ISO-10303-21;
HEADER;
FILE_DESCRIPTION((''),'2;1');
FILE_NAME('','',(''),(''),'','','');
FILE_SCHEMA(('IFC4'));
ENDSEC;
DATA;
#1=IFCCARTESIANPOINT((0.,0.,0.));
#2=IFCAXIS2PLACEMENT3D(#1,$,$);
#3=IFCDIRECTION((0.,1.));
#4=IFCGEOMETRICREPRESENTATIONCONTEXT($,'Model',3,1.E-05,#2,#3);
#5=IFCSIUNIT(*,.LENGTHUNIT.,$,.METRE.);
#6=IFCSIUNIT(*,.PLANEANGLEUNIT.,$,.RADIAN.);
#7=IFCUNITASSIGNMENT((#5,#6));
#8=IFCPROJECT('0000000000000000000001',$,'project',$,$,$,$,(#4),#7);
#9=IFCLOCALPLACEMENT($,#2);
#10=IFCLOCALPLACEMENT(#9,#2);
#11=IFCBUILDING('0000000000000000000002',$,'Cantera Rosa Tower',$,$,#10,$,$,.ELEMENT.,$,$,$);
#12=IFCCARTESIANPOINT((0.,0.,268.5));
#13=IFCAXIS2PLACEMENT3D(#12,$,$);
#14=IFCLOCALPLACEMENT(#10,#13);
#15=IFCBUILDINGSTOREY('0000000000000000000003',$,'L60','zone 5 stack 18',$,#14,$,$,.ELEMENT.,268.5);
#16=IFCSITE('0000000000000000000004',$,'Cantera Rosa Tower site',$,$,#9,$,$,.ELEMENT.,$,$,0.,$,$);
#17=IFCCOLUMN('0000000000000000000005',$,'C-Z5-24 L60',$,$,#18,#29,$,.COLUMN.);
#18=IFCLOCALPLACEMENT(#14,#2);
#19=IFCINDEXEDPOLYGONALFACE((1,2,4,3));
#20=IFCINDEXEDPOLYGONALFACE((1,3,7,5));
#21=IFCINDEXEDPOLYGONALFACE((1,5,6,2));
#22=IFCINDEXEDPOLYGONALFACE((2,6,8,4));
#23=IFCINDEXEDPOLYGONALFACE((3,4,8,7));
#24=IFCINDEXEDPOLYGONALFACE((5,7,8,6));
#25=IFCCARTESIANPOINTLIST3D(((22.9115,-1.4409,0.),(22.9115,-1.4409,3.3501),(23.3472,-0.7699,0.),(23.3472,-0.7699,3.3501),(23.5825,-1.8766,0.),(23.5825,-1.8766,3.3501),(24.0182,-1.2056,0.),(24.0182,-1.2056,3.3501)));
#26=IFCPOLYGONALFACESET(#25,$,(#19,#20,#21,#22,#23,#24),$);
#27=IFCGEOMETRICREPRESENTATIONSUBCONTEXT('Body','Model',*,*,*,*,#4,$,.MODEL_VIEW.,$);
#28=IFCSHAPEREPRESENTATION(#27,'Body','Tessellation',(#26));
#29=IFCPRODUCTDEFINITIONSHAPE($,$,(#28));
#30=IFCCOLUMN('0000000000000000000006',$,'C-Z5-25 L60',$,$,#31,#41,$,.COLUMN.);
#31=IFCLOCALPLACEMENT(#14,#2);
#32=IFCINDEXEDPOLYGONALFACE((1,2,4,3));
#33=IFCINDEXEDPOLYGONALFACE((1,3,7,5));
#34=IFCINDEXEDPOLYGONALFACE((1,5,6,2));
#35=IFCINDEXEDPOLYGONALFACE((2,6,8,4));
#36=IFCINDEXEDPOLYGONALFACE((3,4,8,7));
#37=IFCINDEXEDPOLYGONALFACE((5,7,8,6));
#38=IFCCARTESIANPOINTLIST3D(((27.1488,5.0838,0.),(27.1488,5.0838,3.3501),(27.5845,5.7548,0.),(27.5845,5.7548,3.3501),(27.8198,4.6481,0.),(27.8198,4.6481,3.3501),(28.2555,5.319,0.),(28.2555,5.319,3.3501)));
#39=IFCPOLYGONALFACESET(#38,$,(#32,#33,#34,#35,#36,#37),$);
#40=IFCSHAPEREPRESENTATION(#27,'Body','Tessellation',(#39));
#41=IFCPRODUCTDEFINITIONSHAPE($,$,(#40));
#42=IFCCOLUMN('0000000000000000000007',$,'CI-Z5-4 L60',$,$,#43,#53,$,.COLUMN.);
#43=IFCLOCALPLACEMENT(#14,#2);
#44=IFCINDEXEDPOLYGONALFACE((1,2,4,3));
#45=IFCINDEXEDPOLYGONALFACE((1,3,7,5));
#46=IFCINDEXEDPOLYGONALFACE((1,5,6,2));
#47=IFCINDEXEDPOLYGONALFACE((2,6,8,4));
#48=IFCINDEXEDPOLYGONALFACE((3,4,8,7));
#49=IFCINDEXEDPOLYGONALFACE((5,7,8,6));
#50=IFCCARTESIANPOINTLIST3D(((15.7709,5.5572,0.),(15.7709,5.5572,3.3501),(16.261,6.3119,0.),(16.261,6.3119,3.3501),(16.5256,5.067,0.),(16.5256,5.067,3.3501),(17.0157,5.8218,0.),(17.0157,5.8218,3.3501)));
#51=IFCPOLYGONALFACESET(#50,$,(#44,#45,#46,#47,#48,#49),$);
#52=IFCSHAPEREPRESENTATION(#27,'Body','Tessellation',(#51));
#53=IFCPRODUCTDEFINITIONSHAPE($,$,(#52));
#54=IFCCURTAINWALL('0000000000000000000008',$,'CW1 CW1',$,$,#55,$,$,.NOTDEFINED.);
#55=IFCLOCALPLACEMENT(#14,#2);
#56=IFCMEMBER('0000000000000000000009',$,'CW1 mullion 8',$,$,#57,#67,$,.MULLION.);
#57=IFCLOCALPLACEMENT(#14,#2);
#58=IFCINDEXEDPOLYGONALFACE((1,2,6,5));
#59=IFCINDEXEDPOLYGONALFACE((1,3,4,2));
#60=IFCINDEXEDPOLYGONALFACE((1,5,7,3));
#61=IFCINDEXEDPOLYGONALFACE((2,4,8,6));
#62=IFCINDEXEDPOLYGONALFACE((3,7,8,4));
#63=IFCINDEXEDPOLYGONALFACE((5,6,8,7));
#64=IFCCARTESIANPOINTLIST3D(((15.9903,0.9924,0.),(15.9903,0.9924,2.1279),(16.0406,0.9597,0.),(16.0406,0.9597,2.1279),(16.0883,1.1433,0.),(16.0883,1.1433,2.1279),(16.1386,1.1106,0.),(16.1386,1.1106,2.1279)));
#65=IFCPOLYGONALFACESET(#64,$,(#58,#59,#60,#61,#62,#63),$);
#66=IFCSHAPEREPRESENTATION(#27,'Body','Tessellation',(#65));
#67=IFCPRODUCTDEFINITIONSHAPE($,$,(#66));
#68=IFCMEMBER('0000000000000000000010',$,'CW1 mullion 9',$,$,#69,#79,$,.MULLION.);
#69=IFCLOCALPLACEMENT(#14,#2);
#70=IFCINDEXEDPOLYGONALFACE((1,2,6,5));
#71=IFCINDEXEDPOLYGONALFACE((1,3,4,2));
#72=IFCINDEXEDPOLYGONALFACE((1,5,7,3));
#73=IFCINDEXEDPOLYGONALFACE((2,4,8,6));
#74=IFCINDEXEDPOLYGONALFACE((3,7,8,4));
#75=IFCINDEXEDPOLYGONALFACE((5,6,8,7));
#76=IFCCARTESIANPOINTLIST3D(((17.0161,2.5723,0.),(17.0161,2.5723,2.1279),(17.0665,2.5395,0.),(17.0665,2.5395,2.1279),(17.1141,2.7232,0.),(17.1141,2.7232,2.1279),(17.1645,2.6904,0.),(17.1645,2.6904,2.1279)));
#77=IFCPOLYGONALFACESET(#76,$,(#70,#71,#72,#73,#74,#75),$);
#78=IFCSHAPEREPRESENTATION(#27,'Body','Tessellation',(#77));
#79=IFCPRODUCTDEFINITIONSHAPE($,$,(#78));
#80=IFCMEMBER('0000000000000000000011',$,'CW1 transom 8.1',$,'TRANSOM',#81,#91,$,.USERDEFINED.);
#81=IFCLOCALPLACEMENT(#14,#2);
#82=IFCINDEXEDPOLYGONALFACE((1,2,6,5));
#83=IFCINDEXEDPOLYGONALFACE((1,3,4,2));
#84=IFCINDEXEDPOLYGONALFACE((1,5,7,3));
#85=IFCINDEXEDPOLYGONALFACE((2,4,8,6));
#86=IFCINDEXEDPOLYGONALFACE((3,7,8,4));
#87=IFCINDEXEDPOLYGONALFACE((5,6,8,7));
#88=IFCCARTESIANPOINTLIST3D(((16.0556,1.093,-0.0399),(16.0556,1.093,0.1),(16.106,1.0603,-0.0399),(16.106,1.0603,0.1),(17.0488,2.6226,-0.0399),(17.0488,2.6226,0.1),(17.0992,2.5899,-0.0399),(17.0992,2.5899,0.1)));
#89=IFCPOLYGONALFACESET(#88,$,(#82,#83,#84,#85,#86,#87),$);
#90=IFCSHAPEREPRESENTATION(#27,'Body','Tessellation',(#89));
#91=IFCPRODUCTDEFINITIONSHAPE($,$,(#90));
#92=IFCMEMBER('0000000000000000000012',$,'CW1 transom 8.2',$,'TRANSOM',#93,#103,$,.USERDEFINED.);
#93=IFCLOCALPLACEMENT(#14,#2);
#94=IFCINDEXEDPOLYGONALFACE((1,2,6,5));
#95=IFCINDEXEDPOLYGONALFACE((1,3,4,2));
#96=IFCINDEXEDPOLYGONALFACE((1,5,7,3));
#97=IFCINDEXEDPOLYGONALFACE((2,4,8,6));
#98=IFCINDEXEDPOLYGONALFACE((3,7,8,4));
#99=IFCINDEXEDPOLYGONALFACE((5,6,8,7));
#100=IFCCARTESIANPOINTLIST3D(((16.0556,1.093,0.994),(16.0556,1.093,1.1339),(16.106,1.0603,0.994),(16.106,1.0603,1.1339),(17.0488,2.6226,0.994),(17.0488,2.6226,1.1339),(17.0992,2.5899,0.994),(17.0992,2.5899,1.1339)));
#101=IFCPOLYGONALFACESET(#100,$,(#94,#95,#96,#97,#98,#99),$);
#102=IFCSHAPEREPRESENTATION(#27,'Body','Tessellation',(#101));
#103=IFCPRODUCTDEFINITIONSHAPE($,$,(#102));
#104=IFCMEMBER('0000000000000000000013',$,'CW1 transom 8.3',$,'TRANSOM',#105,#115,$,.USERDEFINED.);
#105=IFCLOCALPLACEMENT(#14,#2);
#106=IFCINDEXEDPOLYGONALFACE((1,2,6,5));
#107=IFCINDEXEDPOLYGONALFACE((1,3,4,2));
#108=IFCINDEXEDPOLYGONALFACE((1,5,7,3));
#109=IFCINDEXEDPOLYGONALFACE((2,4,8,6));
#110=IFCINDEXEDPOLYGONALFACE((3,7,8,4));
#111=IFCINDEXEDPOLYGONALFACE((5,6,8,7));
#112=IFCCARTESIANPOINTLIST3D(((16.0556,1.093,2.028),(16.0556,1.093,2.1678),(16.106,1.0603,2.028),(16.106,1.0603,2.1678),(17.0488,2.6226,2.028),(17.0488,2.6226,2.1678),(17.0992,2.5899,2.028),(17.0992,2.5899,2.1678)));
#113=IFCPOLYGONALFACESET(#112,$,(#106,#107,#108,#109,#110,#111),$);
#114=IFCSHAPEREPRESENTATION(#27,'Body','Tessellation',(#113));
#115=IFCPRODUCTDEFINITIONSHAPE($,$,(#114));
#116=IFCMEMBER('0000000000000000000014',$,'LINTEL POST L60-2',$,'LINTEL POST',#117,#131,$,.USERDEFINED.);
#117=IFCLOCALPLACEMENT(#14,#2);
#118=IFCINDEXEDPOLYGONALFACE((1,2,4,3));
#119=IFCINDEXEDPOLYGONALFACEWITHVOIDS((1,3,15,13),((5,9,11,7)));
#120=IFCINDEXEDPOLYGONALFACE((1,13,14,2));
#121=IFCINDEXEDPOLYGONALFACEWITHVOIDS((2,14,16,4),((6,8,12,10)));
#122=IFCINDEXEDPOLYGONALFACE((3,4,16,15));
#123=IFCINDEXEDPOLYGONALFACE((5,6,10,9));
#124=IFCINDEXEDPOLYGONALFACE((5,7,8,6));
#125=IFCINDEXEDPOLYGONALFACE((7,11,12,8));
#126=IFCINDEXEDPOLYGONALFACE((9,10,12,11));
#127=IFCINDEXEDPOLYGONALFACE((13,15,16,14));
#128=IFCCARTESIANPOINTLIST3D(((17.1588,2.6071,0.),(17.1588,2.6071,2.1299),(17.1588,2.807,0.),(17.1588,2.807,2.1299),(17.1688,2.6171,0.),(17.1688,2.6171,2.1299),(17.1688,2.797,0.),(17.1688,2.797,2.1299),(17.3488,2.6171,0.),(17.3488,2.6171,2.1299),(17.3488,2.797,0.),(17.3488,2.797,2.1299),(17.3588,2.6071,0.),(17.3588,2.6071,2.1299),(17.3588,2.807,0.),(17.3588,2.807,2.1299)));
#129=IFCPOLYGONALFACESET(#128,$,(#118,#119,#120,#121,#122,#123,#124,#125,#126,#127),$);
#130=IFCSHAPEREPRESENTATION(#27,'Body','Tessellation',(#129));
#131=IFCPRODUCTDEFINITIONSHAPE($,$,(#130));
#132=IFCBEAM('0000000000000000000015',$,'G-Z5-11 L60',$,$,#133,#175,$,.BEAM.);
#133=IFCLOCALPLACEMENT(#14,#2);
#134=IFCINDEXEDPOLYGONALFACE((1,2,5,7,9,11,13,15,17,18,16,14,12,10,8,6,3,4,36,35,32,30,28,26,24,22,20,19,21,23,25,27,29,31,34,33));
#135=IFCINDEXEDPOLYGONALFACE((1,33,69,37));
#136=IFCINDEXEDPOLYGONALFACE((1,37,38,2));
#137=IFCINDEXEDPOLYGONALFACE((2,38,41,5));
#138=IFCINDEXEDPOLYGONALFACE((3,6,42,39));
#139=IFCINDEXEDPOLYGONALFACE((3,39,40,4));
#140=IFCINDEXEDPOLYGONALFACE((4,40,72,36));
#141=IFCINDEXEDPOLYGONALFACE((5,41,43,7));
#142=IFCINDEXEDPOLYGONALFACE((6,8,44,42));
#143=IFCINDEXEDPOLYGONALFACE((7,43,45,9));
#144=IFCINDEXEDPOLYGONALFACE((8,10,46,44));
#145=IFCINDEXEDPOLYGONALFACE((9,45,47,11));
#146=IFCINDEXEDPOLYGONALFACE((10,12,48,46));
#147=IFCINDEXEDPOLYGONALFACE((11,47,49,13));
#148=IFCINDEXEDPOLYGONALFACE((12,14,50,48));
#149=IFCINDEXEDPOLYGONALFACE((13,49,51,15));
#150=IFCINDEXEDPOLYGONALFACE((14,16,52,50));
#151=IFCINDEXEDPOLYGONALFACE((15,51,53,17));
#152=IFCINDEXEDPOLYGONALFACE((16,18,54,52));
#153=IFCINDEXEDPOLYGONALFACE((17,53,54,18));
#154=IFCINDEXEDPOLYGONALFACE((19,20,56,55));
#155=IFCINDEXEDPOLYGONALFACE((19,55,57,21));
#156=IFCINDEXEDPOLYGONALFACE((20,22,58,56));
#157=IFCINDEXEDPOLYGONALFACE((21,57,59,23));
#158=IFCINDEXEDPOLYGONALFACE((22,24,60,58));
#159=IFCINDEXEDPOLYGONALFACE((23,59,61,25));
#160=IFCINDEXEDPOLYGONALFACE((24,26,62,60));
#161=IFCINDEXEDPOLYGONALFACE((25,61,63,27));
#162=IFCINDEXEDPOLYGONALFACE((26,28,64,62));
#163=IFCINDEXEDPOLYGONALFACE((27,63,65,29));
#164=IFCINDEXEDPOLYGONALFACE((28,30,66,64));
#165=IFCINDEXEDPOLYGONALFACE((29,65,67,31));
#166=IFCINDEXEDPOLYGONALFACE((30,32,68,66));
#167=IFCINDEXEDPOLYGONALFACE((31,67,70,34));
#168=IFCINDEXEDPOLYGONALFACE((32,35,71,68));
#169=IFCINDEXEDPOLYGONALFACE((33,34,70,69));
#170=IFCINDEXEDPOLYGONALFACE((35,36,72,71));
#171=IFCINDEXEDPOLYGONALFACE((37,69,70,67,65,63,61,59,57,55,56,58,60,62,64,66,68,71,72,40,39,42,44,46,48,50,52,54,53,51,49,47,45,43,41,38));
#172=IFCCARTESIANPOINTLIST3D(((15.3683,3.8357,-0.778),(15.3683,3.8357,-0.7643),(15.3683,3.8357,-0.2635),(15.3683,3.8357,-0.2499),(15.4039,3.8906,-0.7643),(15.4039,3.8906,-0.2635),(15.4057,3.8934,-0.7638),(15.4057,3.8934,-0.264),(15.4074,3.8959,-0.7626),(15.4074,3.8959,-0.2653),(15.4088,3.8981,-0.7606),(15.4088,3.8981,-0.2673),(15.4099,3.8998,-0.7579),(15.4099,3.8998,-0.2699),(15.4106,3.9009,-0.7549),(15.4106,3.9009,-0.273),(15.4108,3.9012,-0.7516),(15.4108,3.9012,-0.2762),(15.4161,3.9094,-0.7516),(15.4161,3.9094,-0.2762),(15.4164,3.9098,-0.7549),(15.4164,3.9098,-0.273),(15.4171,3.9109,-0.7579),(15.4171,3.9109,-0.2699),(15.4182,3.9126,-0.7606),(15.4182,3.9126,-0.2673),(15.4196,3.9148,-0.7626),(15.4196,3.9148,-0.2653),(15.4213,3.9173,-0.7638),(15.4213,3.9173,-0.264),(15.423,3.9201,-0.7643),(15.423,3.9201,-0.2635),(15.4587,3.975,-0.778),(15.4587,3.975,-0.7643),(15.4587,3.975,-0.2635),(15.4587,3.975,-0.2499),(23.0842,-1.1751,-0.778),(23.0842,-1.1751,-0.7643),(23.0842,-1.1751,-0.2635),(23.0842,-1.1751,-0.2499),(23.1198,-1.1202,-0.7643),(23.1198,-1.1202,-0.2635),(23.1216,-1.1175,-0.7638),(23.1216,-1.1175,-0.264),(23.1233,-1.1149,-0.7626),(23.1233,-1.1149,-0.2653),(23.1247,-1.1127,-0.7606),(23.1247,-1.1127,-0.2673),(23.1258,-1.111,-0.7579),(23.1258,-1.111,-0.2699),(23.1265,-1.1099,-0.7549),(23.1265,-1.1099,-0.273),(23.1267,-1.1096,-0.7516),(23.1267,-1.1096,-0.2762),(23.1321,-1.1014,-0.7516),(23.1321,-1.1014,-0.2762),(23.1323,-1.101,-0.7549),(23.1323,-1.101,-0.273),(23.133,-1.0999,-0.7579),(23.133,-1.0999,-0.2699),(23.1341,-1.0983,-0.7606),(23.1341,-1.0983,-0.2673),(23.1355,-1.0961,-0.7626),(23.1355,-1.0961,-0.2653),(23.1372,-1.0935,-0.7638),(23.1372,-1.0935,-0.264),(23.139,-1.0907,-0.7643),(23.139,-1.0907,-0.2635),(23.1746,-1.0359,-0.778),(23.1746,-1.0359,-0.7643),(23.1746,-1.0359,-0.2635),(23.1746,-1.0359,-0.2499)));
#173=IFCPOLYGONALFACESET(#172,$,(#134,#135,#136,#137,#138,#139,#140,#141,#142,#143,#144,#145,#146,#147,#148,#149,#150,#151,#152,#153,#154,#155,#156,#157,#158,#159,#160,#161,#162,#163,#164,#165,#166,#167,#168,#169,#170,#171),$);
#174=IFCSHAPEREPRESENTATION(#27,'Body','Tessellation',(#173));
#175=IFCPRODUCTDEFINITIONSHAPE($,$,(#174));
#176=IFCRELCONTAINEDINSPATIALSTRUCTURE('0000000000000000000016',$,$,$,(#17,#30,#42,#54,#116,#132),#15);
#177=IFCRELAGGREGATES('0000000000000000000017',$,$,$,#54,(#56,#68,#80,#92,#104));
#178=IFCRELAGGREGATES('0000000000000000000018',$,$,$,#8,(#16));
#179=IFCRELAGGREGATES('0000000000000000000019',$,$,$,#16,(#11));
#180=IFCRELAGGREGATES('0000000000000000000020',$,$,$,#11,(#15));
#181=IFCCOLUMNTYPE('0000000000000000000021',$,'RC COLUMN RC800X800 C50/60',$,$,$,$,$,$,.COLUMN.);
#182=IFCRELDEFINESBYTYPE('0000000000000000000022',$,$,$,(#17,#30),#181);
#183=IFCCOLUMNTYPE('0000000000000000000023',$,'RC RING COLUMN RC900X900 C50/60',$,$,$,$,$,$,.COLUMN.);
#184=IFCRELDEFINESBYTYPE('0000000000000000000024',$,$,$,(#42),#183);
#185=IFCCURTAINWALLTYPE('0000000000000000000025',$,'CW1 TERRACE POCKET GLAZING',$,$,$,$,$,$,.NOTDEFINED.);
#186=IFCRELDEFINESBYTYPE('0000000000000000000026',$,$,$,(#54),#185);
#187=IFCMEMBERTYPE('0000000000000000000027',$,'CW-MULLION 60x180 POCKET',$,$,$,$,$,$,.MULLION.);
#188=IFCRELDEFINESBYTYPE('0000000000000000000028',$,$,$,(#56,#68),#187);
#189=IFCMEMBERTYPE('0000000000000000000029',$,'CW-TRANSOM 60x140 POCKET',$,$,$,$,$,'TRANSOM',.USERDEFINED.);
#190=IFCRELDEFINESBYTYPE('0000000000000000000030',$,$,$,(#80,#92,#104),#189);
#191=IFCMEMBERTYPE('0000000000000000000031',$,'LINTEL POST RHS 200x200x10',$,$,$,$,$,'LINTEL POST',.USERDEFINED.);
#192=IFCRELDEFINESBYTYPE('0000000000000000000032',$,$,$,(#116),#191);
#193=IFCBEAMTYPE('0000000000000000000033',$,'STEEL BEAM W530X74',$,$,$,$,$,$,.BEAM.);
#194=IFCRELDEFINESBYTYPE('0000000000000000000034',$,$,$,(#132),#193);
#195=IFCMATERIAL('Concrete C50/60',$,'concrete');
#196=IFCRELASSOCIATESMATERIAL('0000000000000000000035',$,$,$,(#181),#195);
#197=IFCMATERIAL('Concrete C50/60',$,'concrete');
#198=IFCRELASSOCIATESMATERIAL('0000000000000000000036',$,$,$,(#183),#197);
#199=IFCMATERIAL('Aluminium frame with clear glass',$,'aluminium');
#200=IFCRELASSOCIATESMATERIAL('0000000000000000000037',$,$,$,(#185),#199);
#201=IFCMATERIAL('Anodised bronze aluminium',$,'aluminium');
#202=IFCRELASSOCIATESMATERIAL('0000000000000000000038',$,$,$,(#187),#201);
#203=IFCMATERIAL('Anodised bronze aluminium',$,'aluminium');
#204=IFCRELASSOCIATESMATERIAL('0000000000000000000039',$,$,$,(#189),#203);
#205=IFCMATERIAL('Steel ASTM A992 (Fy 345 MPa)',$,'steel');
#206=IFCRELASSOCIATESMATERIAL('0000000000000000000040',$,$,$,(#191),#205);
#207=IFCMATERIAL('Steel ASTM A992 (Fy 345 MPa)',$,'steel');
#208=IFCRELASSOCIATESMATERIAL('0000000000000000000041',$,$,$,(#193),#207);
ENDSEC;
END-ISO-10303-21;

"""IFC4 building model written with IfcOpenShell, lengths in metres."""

from ifc_helpers import new_model, si_unit, direction, frame, origin, origin_2d, place, context, subcontext, project, spatial, rectangle, hollow_rectangle, i_section, extrude, material, material_profile, profile_set, type_object, element, aggregate, save


model = new_model("IFC4")

# Units and contexts
model_context = context("Model", 3, precision=1e-05, world=origin(), true_north=direction((0.0, 1.0)))
body_context = subcontext(model_context, "Body", "Model", "MODEL_VIEW")
ifc_project = project(units=[si_unit("LENGTHUNIT", "METRE"), si_unit("PLANEANGLEUNIT", "RADIAN")], contexts=[model_context])

# Site, building, storey
site_placement = place(None, origin())
site = spatial("IfcSite", under=ifc_project, at=site_placement, Name="Cantera Rosa Tower site", CompositionType="ELEMENT", RefElevation=0.0)
building_placement = place(site_placement, origin())
building = spatial("IfcBuilding", under=site, at=building_placement, Name="Cantera Rosa Tower", CompositionType="ELEMENT")
storey_placement = place(building_placement, frame((0.0, 0.0, 268.5)))
storey = spatial("IfcBuildingStorey", under=building, at=storey_placement, Name="L60", Description="zone 5 stack 18", CompositionType="ELEMENT", Elevation=268.5)

# Columns
ifc_material_1 = material(Name="Concrete C50/60", Category="concrete")
ifc_material_profile_1 = material_profile(ifc_material_1, rectangle(XDim=0.8, YDim=0.8, at=origin_2d()), Name="RC COLUMN RC800X800 C50/60")
ifc_profile_set_1 = profile_set([ifc_material_profile_1], Name="Concrete C50/60")
column_type_1 = type_object("IfcColumnType", Name="RC COLUMN RC800X800 C50/60", PredefinedType="COLUMN", material=ifc_profile_set_1)
for number, where, z_axis, x_axis, name in (
    (1, (23.4648, -1.3232, 0.0), (0.0, 0.0, 1.0), (0.544639, 0.838671, 0.0), "C-Z5-24 L60"),
    (2, (27.7021, 5.2014, 0.0), (0.0, 0.0, 1.0), (0.544639, 0.838671, 0.0), "C-Z5-25 L60"),
):
    element("IfcColumn", number, at=place(storey_placement, frame(where, z_axis=z_axis, x_axis=x_axis)), inside=storey, type_object=column_type_1, Name=name, PredefinedType="COLUMN", context=body_context, shape_type="SweptSolid", body=[
        extrude(rectangle(XDim=0.8, YDim=0.8, at=origin_2d()), origin(), (0.0, 0.0, 1.0), 3.3501),
    ])
ifc_material_2 = material(Name="Concrete C50/60", Category="concrete")
ifc_material_profile_2 = material_profile(ifc_material_2, rectangle(XDim=0.8999, YDim=0.8999, at=origin_2d()), Name="RC RING COLUMN RC900X900 C50/60")
ifc_profile_set_2 = profile_set([ifc_material_profile_2], Name="Concrete C50/60")
column_type_2 = type_object("IfcColumnType", Name="RC RING COLUMN RC900X900 C50/60", PredefinedType="COLUMN", material=ifc_profile_set_2)
column_placement = place(storey_placement, frame((16.3933, 5.6895, 0.0), z_axis=(0.0, 0.0, 1.0), x_axis=(0.544639, 0.838671, 0.0)))
element("IfcColumn", 3, at=column_placement, inside=storey, type_object=column_type_2, Name="CI-Z5-4 L60", PredefinedType="COLUMN", context=body_context, shape_type="SweptSolid", body=[
    extrude(rectangle(XDim=0.8999, YDim=0.8999, at=origin_2d()), origin(), (0.0, 0.0, 1.0), 3.3501),
])

# Curtain wall, members
ifc_material_3 = material(Name="Aluminium frame with clear glass", Category="aluminium")
curtain_wall_type = type_object("IfcCurtainWallType", Name="CW1 TERRACE POCKET GLAZING", PredefinedType="NOTDEFINED", material=ifc_material_3)
curtain_wall_placement = place(storey_placement, origin())
curtain_wall = element("IfcCurtainWall", 4, at=curtain_wall_placement, inside=storey, type_object=curtain_wall_type, Name="CW1 CW1", PredefinedType="NOTDEFINED")
ifc_material_4 = material(Name="Anodised bronze aluminium", Category="aluminium")
ifc_material_profile_3 = material_profile(ifc_material_4, rectangle(XDim=0.0601, YDim=0.1799, at=origin_2d()), Name="CW-MULLION 60x180 POCKET")
ifc_profile_set_3 = profile_set([ifc_material_profile_3], Name="Anodised bronze aluminium")
member_type_1 = type_object("IfcMemberType", Name="CW-MULLION 60x180 POCKET", PredefinedType="MULLION", material=ifc_profile_set_3)
member_1_placement = place(storey_placement, frame((16.0645, 1.0515, 0.0), z_axis=(0.0, 0.0, 1.0), x_axis=(-0.838671, 0.544639, 0.0)))
member_1 = element("IfcMember", 5, at=member_1_placement, type_object=member_type_1, Name="CW1 mullion 8", PredefinedType="MULLION", context=body_context, shape_type="SweptSolid", body=[
    extrude(rectangle(XDim=0.0601, YDim=0.1799, at=origin_2d()), origin(), (0.0, 0.0, 1.0), 2.1279),
])
member_2_placement = place(storey_placement, frame((17.0903, 2.6313, 0.0), z_axis=(0.0, 0.0, 1.0), x_axis=(-0.838671, 0.544639, 0.0)))
member_2 = element("IfcMember", 6, at=member_2_placement, type_object=member_type_1, Name="CW1 mullion 9", PredefinedType="MULLION", context=body_context, shape_type="SweptSolid", body=[
    extrude(rectangle(XDim=0.0601, YDim=0.1799, at=origin_2d()), origin(), (0.0, 0.0, 1.0), 2.1279),
])
ifc_material_5 = material(Name="Anodised bronze aluminium", Category="aluminium")
ifc_material_profile_4 = material_profile(ifc_material_5, rectangle(XDim=0.0601, YDim=0.1399, at=origin_2d()), Name="CW-TRANSOM 60x140 POCKET")
ifc_profile_set_4 = profile_set([ifc_material_profile_4], Name="Anodised bronze aluminium")
member_type_2 = type_object("IfcMemberType", Name="CW-TRANSOM 60x140 POCKET", ElementType="TRANSOM", PredefinedType="USERDEFINED", material=ifc_profile_set_4)
member_3_placement = place(storey_placement, frame((16.0808, 1.0767, 0.03), z_axis=(0.544588, 0.838703, 0.0), x_axis=(-0.838703, 0.544588, 0.0)))
member_3 = element("IfcMember", 7, at=member_3_placement, type_object=member_type_2, Name="CW1 transom 8.1", ObjectType="TRANSOM", PredefinedType="USERDEFINED", context=body_context, shape_type="SweptSolid", body=[
    extrude(rectangle(XDim=0.0601, YDim=0.1399, at=origin_2d()), origin(), (0.0, 0.0, 1.0), 1.8237),
])
member_4_placement = place(storey_placement, frame((16.0808, 1.0767, 1.064), z_axis=(0.544588, 0.838703, 0.0), x_axis=(-0.838703, 0.544588, 0.0)))
member_4 = element("IfcMember", 8, at=member_4_placement, type_object=member_type_2, Name="CW1 transom 8.2", ObjectType="TRANSOM", PredefinedType="USERDEFINED", context=body_context, shape_type="SweptSolid", body=[
    extrude(rectangle(XDim=0.0601, YDim=0.1399, at=origin_2d()), origin(), (0.0, 0.0, 1.0), 1.8237),
])
member_5_placement = place(storey_placement, frame((16.0808, 1.0767, 2.0979), z_axis=(0.544588, 0.838703, 0.0), x_axis=(-0.838703, 0.544588, 0.0)))
member_5 = element("IfcMember", 9, at=member_5_placement, type_object=member_type_2, Name="CW1 transom 8.3", ObjectType="TRANSOM", PredefinedType="USERDEFINED", context=body_context, shape_type="SweptSolid", body=[
    extrude(rectangle(XDim=0.0601, YDim=0.1399, at=origin_2d()), origin(), (0.0, 0.0, 1.0), 1.8237),
])

# Member
ifc_material_6 = material(Name="Steel ASTM A992 (Fy 345 MPa)", Category="steel")
ifc_material_profile_5 = material_profile(ifc_material_6, hollow_rectangle(XDim=0.2, YDim=0.2, WallThickness=0.01, at=origin_2d()), Name="LINTEL POST RHS 200x200x10")
ifc_profile_set_5 = profile_set([ifc_material_profile_5], Name="Steel ASTM A992 (Fy 345 MPa)")
member_type_3 = type_object("IfcMemberType", Name="LINTEL POST RHS 200x200x10", ElementType="LINTEL POST", PredefinedType="USERDEFINED", material=ifc_profile_set_5)
member_6_placement = place(storey_placement, frame((17.2588, 2.707, 0.0), z_axis=(0.0, 0.0, 1.0), x_axis=(1.0, 0.0, 0.0)))
element("IfcMember", 10, at=member_6_placement, inside=storey, type_object=member_type_3, Name="LINTEL POST L60-2", ObjectType="LINTEL POST", PredefinedType="USERDEFINED", context=body_context, shape_type="SweptSolid", body=[
    extrude(hollow_rectangle(XDim=0.2, YDim=0.2, WallThickness=0.01, at=origin_2d()), origin(), (0.0, 0.0, 1.0), 2.1299),
])

# Beam
ifc_material_7 = material(Name="Steel ASTM A992 (Fy 345 MPa)", Category="steel")
ifc_material_profile_6 = material_profile(ifc_material_7, i_section(OverallWidth=0.166, OverallDepth=0.5281, WebThickness=0.0098, FlangeThickness=0.0137, FilletRadius=0.0127, at=origin_2d()), Name="W530X74")
ifc_profile_set_6 = profile_set([ifc_material_profile_6], Name="Steel ASTM A992 (Fy 345 MPa)")
beam_type_1 = type_object("IfcBeamType", Name="STEEL BEAM W530X74", PredefinedType="BEAM", material=ifc_profile_set_6)
beam_1_placement = place(storey_placement, frame((23.1294, -1.1055, -0.5139), z_axis=(-0.838669, 0.544641, 0.0), x_axis=(-0.544641, -0.838669, 0.0)))
element("IfcBeam", 11, at=beam_1_placement, inside=storey, type_object=beam_type_1, Name="G-Z5-11 L60", PredefinedType="BEAM", context=body_context, shape_type="SweptSolid", body=[
    extrude(i_section(OverallWidth=0.166, OverallDepth=0.5281, WebThickness=0.0098, FlangeThickness=0.0137, FilletRadius=0.0127, at=origin_2d()), origin(), (0.0, 0.0, 1.0), 9.2002),
])

aggregate(curtain_wall, [member_1, member_2, member_3, member_4, member_5])

save(model, "model.ifc")
